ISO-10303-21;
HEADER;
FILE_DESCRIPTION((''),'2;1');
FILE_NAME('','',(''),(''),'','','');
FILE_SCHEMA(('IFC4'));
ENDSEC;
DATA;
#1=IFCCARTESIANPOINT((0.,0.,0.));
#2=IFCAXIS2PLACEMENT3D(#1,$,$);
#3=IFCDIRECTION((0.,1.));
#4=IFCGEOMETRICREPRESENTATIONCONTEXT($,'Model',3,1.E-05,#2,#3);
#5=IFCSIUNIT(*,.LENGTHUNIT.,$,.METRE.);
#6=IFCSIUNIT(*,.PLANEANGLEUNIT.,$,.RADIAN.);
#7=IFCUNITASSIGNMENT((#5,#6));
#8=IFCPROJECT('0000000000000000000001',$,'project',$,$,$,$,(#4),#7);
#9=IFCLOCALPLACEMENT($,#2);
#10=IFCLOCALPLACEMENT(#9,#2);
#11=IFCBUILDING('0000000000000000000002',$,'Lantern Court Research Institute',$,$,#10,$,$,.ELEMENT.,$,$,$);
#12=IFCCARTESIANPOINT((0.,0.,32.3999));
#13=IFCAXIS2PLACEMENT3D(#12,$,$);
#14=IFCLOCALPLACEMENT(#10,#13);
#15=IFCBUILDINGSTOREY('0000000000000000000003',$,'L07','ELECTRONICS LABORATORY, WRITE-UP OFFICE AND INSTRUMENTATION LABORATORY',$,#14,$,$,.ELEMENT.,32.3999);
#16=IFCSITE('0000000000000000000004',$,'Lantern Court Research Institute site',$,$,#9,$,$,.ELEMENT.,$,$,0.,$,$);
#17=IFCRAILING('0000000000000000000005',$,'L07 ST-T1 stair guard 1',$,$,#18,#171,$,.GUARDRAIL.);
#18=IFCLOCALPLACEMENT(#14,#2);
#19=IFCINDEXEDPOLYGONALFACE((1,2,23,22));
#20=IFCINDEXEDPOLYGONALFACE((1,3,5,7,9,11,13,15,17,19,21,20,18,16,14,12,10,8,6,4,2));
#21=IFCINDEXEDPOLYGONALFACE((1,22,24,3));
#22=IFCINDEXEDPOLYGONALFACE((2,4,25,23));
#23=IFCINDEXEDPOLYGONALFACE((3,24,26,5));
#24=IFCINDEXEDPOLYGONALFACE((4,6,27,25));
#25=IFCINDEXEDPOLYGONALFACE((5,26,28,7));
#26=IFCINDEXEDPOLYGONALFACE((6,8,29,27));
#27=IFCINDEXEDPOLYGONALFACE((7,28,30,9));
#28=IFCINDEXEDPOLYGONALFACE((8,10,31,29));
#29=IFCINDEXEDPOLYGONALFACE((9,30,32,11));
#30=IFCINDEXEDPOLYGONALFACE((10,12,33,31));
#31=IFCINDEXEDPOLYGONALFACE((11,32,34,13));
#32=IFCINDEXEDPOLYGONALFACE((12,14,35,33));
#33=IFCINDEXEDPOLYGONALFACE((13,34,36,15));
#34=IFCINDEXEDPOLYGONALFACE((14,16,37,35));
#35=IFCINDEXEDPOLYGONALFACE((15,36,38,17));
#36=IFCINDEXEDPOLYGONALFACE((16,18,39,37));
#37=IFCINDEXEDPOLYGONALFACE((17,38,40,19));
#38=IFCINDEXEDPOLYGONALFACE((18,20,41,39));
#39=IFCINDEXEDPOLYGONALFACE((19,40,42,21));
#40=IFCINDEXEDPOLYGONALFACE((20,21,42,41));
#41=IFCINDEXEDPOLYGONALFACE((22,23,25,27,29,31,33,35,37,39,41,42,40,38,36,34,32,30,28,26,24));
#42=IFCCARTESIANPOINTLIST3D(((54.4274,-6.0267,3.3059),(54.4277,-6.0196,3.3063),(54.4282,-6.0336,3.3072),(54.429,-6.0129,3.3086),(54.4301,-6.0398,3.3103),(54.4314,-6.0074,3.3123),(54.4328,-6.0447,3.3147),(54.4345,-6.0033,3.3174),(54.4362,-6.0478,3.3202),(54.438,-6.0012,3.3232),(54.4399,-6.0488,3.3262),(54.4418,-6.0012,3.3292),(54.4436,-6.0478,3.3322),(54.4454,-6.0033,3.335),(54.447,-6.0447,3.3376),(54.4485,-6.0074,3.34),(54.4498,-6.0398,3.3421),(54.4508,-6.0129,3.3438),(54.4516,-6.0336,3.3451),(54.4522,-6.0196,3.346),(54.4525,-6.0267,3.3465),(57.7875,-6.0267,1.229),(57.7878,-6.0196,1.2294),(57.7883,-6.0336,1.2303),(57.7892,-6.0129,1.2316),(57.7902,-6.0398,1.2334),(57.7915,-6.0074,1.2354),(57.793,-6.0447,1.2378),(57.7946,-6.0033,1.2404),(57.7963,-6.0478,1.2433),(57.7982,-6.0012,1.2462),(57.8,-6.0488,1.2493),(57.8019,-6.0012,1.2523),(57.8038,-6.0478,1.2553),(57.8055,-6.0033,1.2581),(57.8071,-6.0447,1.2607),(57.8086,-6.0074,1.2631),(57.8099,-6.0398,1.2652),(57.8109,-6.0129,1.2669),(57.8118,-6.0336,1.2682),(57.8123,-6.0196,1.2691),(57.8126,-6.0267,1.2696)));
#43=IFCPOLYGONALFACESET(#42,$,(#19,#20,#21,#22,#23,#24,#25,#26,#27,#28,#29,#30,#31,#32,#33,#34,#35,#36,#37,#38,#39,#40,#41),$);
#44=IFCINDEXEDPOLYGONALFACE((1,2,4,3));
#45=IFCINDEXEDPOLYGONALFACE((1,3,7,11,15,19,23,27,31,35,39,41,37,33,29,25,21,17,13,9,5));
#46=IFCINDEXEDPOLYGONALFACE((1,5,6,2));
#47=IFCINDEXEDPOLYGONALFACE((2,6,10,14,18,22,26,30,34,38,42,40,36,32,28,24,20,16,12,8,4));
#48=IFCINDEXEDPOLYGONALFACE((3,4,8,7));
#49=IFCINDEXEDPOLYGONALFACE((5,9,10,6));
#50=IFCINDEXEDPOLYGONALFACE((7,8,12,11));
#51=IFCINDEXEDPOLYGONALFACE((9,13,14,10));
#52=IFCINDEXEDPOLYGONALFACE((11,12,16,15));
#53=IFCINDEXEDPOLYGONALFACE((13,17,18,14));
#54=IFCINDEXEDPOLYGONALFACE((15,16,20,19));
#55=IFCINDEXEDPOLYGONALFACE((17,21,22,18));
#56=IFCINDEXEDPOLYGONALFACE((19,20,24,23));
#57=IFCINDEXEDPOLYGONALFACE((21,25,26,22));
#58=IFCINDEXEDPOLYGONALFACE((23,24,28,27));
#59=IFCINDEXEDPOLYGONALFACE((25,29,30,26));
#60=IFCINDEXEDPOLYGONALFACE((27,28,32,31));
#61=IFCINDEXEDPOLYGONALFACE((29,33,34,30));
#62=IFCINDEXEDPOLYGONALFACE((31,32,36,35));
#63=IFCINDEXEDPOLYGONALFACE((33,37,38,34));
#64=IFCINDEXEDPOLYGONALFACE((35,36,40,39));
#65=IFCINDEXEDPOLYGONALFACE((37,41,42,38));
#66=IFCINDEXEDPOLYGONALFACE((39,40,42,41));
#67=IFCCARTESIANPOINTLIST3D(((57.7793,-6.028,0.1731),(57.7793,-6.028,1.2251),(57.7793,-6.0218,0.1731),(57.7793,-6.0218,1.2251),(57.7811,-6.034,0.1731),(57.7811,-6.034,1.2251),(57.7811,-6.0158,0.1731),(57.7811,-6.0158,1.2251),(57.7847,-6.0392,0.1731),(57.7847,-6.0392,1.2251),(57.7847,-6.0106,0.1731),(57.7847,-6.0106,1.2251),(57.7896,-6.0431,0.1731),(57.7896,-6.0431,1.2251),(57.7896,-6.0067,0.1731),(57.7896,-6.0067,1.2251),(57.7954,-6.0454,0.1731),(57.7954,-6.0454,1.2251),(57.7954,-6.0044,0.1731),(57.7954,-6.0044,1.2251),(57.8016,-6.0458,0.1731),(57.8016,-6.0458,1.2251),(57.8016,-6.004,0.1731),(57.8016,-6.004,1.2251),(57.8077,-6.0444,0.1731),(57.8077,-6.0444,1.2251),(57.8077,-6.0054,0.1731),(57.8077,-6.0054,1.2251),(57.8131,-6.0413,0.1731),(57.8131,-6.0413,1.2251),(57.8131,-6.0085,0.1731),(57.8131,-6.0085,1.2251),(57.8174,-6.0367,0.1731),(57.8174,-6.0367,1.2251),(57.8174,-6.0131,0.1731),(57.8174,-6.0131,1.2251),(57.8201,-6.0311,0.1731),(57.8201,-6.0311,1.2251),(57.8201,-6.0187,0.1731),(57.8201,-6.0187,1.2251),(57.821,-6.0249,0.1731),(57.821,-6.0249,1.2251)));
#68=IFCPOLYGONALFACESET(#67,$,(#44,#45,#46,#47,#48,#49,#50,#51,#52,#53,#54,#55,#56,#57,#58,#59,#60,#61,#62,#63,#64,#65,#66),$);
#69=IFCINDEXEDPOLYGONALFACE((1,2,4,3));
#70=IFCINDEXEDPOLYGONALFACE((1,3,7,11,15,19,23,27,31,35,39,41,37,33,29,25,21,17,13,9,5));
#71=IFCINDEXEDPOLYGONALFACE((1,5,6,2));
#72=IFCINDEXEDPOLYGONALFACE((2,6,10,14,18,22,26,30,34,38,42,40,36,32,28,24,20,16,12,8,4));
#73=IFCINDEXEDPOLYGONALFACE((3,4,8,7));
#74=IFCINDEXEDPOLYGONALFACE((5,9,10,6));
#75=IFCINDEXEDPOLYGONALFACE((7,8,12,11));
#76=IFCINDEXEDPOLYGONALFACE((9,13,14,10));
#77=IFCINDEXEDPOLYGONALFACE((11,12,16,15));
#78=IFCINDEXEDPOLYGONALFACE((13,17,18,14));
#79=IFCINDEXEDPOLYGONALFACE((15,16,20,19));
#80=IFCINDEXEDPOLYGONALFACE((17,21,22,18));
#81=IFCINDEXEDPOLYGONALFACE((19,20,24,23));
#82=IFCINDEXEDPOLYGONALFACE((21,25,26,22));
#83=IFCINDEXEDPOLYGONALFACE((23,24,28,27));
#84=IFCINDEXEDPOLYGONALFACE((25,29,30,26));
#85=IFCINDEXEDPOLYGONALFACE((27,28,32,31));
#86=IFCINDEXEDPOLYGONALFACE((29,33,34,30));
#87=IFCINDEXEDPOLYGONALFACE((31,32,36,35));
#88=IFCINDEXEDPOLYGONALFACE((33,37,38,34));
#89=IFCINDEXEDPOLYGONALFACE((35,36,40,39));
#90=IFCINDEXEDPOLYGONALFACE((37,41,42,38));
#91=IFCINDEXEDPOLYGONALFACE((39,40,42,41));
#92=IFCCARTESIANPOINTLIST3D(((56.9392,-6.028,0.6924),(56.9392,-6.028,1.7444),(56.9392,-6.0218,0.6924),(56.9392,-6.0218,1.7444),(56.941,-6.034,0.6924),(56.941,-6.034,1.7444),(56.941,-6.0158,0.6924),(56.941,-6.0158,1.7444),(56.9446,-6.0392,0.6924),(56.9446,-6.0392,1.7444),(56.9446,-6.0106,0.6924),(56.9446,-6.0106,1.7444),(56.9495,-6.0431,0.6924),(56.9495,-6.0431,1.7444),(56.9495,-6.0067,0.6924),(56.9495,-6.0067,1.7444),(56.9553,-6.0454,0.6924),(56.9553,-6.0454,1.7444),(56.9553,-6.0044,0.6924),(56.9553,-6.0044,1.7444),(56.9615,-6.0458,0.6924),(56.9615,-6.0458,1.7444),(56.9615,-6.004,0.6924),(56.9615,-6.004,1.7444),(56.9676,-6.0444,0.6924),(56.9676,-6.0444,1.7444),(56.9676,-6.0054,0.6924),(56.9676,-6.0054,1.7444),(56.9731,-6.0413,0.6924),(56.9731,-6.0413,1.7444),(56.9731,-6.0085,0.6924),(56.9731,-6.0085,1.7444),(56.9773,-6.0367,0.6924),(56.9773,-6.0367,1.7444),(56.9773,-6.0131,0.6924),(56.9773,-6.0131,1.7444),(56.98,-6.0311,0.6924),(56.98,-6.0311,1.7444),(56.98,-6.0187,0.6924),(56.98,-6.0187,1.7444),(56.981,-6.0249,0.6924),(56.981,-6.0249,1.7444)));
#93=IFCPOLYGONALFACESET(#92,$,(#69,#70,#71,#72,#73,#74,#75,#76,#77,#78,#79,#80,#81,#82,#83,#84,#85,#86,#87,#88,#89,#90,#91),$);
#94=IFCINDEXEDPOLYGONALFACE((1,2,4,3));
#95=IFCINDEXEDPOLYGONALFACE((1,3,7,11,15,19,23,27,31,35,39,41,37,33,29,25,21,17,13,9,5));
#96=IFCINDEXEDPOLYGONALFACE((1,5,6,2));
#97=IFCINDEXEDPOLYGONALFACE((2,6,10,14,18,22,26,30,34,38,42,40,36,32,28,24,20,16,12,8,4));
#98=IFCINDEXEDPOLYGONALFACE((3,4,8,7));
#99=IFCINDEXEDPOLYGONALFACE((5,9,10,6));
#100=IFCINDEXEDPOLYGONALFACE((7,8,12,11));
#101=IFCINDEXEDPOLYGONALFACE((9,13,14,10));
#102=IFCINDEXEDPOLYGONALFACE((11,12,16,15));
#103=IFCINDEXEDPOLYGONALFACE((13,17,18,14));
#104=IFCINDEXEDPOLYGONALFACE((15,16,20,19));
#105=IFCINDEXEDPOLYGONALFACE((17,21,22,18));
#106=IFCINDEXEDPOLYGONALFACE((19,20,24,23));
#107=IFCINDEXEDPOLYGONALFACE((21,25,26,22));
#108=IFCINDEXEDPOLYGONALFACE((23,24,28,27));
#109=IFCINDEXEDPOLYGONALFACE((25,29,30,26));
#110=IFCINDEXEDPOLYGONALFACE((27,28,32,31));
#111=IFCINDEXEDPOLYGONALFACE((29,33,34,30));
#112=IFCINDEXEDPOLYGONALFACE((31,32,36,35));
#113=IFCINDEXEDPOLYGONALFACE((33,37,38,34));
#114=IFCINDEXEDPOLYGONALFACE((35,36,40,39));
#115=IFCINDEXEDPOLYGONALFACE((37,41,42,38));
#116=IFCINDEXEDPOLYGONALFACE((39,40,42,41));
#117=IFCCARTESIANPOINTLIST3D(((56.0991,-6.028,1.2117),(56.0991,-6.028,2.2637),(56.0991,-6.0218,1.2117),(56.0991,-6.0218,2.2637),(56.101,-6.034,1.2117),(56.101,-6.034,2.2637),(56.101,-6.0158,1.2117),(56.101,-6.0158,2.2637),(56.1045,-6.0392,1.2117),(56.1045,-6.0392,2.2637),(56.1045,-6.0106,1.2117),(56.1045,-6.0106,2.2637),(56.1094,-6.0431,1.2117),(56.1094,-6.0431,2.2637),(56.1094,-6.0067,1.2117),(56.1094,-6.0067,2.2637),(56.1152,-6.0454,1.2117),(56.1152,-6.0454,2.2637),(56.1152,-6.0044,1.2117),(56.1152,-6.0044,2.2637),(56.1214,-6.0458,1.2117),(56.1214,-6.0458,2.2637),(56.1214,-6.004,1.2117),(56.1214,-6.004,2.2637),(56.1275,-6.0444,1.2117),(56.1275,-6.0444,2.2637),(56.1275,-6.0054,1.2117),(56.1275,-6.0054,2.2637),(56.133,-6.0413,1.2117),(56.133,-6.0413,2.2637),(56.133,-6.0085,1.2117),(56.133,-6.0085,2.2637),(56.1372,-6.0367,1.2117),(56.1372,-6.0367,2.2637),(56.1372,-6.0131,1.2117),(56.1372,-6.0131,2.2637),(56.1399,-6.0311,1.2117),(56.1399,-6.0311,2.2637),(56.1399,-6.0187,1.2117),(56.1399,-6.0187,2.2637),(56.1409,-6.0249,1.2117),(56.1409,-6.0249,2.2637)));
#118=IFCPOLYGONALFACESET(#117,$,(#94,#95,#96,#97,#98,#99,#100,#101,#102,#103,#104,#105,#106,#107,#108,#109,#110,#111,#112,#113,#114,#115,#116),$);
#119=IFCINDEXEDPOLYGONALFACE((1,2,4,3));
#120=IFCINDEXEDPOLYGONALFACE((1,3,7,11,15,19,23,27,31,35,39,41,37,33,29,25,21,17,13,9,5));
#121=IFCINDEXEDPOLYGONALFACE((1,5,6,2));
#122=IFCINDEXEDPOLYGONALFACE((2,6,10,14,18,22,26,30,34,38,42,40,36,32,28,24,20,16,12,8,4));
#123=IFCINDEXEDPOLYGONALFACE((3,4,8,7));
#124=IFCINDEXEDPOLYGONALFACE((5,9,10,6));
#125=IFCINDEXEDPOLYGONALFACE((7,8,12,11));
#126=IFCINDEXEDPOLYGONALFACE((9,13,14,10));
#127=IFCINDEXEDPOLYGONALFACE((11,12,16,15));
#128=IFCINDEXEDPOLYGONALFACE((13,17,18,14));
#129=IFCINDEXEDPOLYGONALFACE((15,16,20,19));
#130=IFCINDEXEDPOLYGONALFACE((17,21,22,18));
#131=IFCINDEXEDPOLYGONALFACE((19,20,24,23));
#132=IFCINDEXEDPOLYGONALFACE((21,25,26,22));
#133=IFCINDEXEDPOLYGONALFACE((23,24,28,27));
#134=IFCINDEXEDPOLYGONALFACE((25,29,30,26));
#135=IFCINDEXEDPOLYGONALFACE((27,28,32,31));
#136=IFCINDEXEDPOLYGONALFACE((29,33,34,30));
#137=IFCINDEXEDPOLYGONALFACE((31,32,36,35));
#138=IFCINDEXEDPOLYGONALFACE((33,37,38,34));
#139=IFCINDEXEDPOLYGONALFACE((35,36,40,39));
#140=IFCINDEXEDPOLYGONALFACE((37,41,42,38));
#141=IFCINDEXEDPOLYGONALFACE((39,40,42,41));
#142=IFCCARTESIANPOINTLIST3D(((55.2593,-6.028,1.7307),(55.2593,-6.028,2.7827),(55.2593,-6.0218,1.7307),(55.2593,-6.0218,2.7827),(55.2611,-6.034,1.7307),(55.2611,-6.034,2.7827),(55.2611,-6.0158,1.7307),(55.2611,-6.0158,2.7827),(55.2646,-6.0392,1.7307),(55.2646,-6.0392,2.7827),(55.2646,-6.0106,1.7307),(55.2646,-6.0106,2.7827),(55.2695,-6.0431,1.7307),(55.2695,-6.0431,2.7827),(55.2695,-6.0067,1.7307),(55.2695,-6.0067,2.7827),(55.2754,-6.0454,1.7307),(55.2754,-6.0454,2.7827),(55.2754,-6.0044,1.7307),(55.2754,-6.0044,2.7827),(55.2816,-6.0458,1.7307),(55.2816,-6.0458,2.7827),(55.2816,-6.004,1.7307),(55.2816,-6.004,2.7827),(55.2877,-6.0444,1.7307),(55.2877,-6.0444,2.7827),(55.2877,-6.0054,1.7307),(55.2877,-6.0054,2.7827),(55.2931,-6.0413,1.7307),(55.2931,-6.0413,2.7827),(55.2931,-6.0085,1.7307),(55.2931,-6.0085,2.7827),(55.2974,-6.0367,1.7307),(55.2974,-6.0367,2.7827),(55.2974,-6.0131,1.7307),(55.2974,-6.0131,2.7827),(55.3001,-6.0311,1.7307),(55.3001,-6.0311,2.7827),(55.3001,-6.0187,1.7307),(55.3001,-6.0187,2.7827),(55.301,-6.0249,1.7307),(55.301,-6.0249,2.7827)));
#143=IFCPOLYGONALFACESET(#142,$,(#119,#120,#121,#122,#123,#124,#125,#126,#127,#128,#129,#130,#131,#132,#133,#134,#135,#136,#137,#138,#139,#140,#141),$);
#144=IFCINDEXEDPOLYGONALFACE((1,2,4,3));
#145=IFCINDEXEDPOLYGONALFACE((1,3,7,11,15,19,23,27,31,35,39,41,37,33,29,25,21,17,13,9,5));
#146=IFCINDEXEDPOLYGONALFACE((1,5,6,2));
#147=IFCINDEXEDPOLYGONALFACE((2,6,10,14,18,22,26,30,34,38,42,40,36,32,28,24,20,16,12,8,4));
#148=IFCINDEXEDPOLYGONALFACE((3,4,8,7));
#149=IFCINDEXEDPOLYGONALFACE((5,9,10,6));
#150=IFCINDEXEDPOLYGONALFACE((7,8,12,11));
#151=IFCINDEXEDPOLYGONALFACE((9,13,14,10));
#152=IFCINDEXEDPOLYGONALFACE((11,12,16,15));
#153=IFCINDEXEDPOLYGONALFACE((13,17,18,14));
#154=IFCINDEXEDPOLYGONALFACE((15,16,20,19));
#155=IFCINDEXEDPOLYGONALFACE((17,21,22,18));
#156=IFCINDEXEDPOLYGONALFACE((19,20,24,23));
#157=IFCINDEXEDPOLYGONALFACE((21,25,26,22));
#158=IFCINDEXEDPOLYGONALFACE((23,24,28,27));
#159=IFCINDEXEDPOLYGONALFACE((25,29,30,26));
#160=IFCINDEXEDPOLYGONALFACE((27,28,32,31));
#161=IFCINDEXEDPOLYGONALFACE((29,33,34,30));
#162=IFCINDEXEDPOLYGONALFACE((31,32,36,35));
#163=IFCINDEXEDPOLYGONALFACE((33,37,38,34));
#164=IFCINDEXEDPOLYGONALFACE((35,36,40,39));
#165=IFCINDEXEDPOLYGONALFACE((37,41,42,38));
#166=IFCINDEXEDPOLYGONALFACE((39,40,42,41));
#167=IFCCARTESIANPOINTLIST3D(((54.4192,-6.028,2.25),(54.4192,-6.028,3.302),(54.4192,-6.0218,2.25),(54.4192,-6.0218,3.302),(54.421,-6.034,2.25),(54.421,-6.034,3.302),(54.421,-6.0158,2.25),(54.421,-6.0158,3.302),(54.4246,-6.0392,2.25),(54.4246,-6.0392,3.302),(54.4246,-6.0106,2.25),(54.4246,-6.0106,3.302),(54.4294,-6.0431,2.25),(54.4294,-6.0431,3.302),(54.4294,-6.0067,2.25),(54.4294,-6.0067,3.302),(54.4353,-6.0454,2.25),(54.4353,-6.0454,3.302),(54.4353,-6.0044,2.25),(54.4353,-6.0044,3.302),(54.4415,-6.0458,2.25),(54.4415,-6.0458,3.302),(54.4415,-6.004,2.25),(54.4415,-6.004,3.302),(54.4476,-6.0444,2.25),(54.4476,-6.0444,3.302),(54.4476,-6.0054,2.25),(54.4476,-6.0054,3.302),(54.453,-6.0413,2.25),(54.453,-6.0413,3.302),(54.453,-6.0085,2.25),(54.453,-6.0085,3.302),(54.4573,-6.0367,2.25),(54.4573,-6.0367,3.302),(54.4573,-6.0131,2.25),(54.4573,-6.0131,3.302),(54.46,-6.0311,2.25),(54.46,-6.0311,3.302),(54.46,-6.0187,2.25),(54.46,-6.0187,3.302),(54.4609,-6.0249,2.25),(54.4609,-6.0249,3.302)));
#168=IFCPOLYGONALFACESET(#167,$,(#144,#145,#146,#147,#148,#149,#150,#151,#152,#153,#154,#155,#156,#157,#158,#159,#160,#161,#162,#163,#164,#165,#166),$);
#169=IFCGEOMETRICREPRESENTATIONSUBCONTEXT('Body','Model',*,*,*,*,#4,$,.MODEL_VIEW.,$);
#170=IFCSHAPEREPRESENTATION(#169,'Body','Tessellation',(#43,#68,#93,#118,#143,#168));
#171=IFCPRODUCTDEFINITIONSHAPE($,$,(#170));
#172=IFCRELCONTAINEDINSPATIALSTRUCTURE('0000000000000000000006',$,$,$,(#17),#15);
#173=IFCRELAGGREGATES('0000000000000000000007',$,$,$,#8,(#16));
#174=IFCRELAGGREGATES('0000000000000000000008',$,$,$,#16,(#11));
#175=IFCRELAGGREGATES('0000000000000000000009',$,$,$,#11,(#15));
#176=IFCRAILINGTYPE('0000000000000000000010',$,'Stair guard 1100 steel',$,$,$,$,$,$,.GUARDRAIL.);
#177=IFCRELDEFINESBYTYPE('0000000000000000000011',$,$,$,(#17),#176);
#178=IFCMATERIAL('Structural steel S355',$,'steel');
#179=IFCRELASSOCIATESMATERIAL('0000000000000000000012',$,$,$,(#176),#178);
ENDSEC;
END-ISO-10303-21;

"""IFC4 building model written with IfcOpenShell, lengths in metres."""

from ifc_helpers import new_model, si_unit, direction, frame, origin, origin_2d, place, context, subcontext, project, spatial, circle, extrude, material, type_object, element, save


model = new_model("IFC4")

# Units and contexts
model_context = context("Model", 3, precision=1e-05, world=origin(), true_north=direction((0.0, 1.0)))
body_context = subcontext(model_context, "Body", "Model", "MODEL_VIEW")
ifc_project = project(units=[si_unit("LENGTHUNIT", "METRE"), si_unit("PLANEANGLEUNIT", "RADIAN")], contexts=[model_context])

# Site, building, storey
site_placement = place(None, origin())
site = spatial("IfcSite", under=ifc_project, at=site_placement, Name="Lantern Court Research Institute site", CompositionType="ELEMENT", RefElevation=0.0)
building_placement = place(site_placement, origin())
building = spatial("IfcBuilding", under=site, at=building_placement, Name="Lantern Court Research Institute", CompositionType="ELEMENT")
storey_placement = place(building_placement, frame((0.0, 0.0, 32.3999)))
storey = spatial("IfcBuildingStorey", under=building, at=storey_placement, Name="L07", Description="ELECTRONICS LABORATORY, WRITE-UP OFFICE AND INSTRUMENTATION LABORATORY", CompositionType="ELEMENT", Elevation=32.3999)

# Railing
ifc_material_1 = material(Name="Structural steel S355", Category="steel")
railing_type_1 = type_object("IfcRailingType", Name="Stair guard 1100 steel", PredefinedType="GUARDRAIL", material=ifc_material_1)
railing_1_placement = place(storey_placement, frame((57.8, -6.0249, 0.1731)))
element("IfcRailing", 1, at=railing_1_placement, inside=storey, type_object=railing_type_1, Name="L07 ST-T1 stair guard 1", PredefinedType="GUARDRAIL", context=body_context, shape_type="SweptSolid", body=[
    extrude(circle(Radius=0.0239, at=origin_2d()), frame((0.0, 0.0, 1.0762), z_axis=(-0.850623, 0.0, 0.525776), x_axis=(0.0, -1.0, 0.0)), (0.0, 0.0, 1.0), 3.9502),
    extrude(circle(Radius=0.021, at=origin_2d()), origin(), (0.0, 0.0, 1.0), 1.052),
    extrude(circle(Radius=0.021, at=origin_2d()), frame((-0.8401, 0.0, 0.5193)), (0.0, 0.0, 1.0), 1.052),
    extrude(circle(Radius=0.021, at=origin_2d()), frame((-1.6802, 0.0, 1.0386)), (0.0, 0.0, 1.0), 1.052),
    extrude(circle(Radius=0.021, at=origin_2d()), frame((-2.52, 0.0, 1.5576)), (0.0, 0.0, 1.0), 1.052),
    extrude(circle(Radius=0.021, at=origin_2d()), frame((-3.3601, 0.0, 2.0769)), (0.0, 0.0, 1.0), 1.052),
])

save(model, "model.ifc")
